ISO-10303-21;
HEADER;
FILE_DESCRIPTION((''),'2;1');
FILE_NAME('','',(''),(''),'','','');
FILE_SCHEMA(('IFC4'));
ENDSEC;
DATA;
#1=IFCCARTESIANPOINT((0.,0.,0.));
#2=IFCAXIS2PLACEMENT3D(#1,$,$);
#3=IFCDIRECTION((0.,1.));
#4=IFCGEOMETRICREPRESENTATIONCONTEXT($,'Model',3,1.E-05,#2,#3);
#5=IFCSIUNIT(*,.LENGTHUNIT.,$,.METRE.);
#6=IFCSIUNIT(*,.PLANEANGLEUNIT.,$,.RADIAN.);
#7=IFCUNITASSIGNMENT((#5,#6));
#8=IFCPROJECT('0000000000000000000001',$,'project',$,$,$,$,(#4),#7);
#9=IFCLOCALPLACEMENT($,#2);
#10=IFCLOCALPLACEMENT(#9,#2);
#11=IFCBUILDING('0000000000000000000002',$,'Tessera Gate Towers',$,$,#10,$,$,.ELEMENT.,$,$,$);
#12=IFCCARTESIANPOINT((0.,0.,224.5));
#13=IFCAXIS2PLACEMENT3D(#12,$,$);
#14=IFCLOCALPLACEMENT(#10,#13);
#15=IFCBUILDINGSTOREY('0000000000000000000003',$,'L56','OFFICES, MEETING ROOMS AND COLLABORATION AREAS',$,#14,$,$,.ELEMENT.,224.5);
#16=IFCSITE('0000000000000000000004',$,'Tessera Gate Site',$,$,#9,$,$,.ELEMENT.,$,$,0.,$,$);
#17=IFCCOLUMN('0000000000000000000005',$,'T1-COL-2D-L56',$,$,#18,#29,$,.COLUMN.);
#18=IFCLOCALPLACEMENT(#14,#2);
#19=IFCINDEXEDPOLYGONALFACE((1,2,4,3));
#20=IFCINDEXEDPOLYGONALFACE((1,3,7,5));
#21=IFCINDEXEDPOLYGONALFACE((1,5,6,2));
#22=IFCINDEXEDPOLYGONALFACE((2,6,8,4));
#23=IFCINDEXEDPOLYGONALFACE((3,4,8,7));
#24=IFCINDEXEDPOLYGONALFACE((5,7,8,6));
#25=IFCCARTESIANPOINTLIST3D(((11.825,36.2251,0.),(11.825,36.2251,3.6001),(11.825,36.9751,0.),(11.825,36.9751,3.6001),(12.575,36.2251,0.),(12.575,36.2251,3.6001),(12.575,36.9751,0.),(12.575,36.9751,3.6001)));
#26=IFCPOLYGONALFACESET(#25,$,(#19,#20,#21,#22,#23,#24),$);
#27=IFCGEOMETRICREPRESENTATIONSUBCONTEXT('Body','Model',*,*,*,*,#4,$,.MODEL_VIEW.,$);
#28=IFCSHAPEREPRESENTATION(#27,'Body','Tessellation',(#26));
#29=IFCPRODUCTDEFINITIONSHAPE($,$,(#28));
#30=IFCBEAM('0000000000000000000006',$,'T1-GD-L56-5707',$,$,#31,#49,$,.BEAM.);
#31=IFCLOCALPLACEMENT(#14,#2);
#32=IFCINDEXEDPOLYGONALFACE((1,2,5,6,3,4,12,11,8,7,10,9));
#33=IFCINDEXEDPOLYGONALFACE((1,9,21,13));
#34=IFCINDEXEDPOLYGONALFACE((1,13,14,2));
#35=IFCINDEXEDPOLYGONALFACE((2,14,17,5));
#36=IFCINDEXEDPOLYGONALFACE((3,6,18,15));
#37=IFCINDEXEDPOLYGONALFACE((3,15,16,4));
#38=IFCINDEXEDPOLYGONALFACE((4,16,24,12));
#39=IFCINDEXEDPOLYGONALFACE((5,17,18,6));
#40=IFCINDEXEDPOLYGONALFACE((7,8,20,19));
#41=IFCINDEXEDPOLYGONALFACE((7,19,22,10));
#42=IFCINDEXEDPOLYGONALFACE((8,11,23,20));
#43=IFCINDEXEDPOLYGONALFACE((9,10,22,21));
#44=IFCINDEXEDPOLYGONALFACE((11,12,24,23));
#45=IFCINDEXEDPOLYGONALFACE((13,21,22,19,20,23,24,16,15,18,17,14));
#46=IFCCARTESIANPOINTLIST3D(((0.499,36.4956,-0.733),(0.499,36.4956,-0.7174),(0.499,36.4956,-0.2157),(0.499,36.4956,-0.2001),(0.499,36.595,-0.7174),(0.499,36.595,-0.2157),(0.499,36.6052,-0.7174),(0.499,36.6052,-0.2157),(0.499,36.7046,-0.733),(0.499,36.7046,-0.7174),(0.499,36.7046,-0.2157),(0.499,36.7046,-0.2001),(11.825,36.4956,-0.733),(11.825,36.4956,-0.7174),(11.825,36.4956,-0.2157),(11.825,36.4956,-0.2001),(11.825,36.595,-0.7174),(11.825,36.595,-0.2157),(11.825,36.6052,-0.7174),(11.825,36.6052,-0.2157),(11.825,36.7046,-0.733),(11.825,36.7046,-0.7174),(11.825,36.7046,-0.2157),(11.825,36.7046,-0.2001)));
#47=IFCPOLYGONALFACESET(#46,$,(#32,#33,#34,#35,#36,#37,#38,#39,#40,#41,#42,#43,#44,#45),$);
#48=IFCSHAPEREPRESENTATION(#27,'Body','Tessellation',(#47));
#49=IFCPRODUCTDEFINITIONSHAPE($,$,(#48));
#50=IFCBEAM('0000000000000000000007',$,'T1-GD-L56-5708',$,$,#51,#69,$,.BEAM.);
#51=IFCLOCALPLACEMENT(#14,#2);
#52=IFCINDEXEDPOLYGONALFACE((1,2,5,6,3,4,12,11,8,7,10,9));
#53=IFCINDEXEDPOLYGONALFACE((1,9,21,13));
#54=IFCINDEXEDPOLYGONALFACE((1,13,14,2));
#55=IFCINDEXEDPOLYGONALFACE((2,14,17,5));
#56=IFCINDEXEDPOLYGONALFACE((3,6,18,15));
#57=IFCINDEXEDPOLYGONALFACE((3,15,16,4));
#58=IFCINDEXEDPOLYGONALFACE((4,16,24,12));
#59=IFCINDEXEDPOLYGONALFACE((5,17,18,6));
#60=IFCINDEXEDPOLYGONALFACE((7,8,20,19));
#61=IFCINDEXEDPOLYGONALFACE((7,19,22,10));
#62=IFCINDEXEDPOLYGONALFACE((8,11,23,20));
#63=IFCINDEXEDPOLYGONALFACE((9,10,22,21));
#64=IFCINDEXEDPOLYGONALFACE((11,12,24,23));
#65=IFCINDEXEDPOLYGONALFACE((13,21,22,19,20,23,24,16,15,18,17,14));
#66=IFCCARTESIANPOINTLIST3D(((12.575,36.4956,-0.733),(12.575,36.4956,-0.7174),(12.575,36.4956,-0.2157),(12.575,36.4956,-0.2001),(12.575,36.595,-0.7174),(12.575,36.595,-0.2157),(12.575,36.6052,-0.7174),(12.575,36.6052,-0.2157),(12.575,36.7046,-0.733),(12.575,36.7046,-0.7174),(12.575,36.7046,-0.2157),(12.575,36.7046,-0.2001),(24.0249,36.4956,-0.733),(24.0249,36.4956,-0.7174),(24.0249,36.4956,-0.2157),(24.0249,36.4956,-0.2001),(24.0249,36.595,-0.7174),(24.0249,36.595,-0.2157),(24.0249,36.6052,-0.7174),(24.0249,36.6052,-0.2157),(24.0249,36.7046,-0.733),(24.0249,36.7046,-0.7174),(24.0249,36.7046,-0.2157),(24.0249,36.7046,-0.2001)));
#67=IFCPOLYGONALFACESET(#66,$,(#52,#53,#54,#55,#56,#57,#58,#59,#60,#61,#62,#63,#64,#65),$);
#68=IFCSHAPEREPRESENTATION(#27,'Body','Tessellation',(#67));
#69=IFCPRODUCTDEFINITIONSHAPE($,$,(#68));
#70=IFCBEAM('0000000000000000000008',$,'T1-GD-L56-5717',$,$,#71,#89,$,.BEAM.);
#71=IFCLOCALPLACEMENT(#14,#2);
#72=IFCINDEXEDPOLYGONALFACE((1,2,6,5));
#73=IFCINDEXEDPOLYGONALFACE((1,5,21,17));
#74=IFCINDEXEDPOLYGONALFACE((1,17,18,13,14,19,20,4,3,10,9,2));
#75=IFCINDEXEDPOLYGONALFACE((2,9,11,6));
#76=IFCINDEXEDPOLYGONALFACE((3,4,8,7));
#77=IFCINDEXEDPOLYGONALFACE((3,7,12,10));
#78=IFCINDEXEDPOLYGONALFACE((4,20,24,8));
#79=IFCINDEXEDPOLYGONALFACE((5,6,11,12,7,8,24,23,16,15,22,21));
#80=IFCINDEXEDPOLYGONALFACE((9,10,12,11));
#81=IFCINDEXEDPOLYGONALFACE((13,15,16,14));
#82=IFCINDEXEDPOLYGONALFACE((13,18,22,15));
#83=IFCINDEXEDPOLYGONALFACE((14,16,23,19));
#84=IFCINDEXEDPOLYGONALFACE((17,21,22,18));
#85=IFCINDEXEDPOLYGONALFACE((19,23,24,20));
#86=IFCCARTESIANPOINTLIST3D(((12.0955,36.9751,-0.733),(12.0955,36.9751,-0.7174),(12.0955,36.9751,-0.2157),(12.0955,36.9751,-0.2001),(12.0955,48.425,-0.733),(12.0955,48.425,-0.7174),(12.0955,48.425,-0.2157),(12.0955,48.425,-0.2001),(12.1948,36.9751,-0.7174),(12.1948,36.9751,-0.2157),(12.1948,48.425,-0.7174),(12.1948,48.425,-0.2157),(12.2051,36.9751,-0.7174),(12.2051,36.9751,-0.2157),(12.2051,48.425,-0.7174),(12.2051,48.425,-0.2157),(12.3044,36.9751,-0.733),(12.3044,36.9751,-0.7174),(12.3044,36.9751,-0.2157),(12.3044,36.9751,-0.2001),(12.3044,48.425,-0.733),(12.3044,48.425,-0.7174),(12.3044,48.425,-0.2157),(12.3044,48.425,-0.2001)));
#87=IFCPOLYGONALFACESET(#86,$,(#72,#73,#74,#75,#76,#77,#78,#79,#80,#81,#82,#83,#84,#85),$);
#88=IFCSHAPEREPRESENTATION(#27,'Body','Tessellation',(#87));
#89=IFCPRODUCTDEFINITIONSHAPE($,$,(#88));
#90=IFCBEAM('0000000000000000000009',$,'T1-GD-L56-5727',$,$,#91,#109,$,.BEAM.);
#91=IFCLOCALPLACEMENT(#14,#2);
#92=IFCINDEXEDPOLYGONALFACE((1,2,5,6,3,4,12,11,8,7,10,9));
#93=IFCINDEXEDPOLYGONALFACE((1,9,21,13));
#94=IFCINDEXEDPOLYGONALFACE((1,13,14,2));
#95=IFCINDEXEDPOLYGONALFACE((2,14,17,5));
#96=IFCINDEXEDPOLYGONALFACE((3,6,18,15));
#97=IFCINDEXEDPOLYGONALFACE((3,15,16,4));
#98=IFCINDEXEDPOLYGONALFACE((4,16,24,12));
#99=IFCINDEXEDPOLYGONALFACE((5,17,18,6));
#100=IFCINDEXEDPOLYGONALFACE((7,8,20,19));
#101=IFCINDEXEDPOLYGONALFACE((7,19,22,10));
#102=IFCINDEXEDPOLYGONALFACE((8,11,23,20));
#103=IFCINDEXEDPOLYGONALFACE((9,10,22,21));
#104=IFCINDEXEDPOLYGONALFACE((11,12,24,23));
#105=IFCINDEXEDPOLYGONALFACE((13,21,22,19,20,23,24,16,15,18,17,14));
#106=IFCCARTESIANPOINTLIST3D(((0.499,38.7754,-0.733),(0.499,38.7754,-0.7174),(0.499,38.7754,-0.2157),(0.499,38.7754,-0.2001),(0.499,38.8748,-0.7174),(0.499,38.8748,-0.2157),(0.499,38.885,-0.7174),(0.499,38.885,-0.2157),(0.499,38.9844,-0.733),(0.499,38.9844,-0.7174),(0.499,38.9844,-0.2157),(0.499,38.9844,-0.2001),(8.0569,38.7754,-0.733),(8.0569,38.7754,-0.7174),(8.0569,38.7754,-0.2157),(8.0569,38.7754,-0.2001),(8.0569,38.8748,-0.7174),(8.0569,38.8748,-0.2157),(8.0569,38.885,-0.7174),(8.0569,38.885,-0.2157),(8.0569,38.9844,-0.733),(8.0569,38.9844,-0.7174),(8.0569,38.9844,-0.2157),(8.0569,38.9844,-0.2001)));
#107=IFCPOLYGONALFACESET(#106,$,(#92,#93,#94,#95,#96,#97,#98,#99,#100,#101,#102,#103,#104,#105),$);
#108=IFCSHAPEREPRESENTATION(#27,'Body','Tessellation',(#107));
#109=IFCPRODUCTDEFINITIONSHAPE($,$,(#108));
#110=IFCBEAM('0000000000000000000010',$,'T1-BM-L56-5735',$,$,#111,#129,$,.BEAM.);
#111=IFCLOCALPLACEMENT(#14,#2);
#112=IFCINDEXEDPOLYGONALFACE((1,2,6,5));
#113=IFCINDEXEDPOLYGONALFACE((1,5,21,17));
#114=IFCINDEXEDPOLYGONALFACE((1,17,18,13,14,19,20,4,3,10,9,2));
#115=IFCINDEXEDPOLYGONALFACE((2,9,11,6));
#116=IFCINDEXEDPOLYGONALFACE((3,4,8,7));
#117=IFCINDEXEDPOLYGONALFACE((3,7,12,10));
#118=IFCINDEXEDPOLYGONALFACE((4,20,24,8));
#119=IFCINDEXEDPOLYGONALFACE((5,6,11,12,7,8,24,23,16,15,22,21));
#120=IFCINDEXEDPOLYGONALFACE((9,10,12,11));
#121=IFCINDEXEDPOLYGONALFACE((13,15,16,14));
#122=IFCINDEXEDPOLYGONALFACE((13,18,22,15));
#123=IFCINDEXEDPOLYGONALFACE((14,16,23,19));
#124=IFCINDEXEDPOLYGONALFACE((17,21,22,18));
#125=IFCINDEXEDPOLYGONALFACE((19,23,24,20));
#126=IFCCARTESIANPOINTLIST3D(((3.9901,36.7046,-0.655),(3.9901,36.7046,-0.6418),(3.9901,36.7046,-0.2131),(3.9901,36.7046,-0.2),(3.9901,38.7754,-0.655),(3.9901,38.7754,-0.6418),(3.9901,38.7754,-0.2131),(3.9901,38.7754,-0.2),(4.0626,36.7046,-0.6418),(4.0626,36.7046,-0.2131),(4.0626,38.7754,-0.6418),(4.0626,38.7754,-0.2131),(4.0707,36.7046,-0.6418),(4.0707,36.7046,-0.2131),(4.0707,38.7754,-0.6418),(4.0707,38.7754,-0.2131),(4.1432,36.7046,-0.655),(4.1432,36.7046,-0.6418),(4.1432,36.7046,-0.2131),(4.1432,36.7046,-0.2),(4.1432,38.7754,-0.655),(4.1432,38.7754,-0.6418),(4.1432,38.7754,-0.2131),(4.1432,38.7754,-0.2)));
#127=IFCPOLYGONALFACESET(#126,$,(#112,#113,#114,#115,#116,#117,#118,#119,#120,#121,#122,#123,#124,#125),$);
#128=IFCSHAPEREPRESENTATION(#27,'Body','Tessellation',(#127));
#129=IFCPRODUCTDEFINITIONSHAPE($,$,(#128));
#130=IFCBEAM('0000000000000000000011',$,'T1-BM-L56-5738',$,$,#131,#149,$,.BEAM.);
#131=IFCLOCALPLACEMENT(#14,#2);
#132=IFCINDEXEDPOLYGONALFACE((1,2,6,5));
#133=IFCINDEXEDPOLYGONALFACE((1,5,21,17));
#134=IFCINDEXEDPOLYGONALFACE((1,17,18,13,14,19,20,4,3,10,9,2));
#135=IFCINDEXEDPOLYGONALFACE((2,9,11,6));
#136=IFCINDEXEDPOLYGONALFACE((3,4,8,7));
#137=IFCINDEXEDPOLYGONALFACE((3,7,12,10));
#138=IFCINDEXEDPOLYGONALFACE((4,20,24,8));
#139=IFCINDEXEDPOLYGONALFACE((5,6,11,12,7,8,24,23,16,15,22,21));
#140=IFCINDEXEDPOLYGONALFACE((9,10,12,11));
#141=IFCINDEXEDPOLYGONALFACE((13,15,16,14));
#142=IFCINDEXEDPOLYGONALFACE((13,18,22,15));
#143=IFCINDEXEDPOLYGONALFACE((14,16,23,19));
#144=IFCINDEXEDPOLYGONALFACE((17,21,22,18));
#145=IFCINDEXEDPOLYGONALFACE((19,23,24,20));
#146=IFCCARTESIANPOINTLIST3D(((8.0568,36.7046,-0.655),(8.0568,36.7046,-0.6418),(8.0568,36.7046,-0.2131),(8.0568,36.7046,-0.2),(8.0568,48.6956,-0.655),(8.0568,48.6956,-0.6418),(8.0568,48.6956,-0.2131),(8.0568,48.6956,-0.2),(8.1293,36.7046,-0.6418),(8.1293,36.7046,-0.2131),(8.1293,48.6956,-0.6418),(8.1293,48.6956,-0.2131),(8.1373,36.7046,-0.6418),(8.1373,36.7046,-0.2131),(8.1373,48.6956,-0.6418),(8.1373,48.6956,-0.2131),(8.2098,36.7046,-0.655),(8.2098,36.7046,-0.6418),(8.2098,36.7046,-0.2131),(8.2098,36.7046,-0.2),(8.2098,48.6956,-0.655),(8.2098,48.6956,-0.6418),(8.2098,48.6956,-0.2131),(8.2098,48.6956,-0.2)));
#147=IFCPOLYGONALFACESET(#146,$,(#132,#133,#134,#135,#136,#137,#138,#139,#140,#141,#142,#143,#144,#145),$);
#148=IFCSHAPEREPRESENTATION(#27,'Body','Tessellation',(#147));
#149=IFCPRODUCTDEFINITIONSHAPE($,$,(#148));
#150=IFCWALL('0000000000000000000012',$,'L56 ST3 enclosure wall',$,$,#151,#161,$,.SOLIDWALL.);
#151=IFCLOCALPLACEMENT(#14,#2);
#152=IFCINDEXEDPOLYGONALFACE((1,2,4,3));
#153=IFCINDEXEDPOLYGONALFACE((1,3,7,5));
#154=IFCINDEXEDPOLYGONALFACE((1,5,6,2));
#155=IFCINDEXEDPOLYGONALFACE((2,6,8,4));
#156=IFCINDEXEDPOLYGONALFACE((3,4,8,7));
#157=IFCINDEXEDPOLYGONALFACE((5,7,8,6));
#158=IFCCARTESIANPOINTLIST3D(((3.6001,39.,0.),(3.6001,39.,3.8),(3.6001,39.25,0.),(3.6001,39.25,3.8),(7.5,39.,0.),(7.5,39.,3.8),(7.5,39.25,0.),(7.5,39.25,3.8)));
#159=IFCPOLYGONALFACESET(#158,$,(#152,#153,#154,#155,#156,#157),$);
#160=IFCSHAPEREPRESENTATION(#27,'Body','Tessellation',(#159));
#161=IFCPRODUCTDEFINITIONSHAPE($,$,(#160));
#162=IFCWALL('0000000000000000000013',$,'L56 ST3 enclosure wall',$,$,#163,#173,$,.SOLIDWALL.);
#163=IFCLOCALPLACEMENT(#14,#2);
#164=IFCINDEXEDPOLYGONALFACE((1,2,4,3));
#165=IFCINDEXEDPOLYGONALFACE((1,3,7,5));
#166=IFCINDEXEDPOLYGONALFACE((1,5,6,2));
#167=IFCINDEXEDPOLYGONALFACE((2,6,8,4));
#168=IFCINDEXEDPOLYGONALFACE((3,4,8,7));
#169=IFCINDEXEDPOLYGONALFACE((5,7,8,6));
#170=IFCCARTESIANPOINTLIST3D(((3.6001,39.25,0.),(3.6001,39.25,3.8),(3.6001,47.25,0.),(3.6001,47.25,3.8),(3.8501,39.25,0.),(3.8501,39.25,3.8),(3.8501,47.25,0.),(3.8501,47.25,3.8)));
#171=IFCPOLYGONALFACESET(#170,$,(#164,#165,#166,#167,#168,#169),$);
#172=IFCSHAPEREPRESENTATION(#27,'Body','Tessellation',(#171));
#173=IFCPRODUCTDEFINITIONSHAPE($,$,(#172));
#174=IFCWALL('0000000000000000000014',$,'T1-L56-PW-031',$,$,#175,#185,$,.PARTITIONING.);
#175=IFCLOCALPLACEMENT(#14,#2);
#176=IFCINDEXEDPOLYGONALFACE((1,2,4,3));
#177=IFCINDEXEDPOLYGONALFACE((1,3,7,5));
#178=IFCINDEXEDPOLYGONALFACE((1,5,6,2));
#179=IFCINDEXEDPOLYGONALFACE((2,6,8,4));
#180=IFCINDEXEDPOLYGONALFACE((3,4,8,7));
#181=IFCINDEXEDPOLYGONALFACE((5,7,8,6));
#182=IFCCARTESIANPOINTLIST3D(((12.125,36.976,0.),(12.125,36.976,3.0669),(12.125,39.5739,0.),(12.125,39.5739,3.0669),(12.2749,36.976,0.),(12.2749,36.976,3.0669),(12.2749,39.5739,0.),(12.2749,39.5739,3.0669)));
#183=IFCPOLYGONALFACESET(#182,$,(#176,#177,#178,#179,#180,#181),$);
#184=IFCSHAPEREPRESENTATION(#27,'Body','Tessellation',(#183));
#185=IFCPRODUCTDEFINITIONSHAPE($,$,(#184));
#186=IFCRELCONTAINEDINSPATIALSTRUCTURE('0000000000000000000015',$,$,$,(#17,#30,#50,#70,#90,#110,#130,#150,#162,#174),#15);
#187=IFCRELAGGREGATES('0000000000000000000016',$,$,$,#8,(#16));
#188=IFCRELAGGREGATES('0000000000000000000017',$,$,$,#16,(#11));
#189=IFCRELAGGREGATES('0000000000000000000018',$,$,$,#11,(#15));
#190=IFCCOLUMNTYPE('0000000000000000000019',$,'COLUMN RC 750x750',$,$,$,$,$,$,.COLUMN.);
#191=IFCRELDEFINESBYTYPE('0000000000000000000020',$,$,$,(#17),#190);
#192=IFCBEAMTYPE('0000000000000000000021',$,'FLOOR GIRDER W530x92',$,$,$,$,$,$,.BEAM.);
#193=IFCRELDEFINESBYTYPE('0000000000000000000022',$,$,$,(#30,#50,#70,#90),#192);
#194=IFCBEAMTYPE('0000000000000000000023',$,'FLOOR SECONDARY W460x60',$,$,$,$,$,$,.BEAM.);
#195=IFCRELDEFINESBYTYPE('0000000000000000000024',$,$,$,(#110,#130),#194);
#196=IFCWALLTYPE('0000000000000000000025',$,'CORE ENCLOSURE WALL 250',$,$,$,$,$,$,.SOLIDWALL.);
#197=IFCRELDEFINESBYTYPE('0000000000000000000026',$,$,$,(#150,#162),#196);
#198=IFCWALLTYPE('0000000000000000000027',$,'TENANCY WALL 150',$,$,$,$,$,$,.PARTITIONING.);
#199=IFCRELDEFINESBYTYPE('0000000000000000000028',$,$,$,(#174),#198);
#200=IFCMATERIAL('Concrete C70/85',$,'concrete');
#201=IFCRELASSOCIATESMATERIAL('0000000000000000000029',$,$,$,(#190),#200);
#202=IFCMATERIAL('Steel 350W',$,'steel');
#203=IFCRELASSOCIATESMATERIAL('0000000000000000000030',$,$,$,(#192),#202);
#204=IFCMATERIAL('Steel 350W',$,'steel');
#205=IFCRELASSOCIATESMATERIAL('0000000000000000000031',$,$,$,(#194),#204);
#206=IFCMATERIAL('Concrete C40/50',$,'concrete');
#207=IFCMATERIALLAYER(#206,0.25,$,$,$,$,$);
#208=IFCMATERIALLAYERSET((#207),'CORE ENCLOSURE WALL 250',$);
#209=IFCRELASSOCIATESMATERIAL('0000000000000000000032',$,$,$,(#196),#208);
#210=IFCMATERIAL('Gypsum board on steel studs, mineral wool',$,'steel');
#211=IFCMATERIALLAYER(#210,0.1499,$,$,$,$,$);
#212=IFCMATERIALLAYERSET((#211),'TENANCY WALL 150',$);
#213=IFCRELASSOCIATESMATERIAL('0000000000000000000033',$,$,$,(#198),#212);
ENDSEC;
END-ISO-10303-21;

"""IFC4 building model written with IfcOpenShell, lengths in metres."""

from ifc_helpers import new_model, si_unit, direction, frame, frame_2d, origin, origin_2d, place, context, subcontext, project, spatial, rectangle, i_section, extrude, material, layer, layer_set, material_profile, profile_set, type_object, element, save


model = new_model("IFC4")

# Units and contexts
model_context = context("Model", 3, precision=1e-05, world=origin(), true_north=direction((0.0, 1.0)))
body_context = subcontext(model_context, "Body", "Model", "MODEL_VIEW")
ifc_project = project(units=[si_unit("LENGTHUNIT", "METRE"), si_unit("PLANEANGLEUNIT", "RADIAN")], contexts=[model_context])

# Site, building, storey
site_placement = place(None, origin())
site = spatial("IfcSite", under=ifc_project, at=site_placement, Name="Tessera Gate Site", CompositionType="ELEMENT", RefElevation=0.0)
building_placement = place(site_placement, origin())
building = spatial("IfcBuilding", under=site, at=building_placement, Name="Tessera Gate Towers", CompositionType="ELEMENT")
storey_placement = place(building_placement, frame((0.0, 0.0, 224.5)))
storey = spatial("IfcBuildingStorey", under=building, at=storey_placement, Name="L56", Description="OFFICES, MEETING ROOMS AND COLLABORATION AREAS", CompositionType="ELEMENT", Elevation=224.5)

# Column
ifc_material_1 = material(Name="Concrete C70/85", Category="concrete")
ifc_material_profile_1 = material_profile(ifc_material_1, rectangle(XDim=0.75, YDim=0.75, at=origin_2d()), Name="RC 750x750")
ifc_profile_set_1 = profile_set([ifc_material_profile_1], Name="Concrete C70/85")
column_type = type_object("IfcColumnType", Name="COLUMN RC 750x750", PredefinedType="COLUMN", material=ifc_profile_set_1)
column_placement = place(storey_placement, frame((12.2, 36.6001, 0.0), z_axis=(0.0, 0.0, 1.0), x_axis=(1.0, 0.0, 0.0)))
element("IfcColumn", 1, at=column_placement, inside=storey, type_object=column_type, Name="T1-COL-2D-L56", PredefinedType="COLUMN", context=body_context, shape_type="SweptSolid", body=[
    extrude(rectangle(XDim=0.75, YDim=0.75, at=origin_2d()), origin(), (0.0, 0.0, 1.0), 3.6001),
])

# Beams
ifc_material_2 = material(Name="Steel 350W", Category="steel")
ifc_material_profile_2 = material_profile(ifc_material_2, i_section(OverallWidth=0.209, OverallDepth=0.533, WebThickness=0.0103, FlangeThickness=0.0156, at=origin_2d()), Name="W530x92")
ifc_profile_set_2 = profile_set([ifc_material_profile_2], Name="Steel 350W")
beam_type_1 = type_object("IfcBeamType", Name="FLOOR GIRDER W530x92", PredefinedType="BEAM", material=ifc_profile_set_2)
beam_1_placement = place(storey_placement, frame((0.499, 36.6001, -0.4666), z_axis=(1.0, 0.0, 0.0), x_axis=(0.0, 1.0, 0.0)))
element("IfcBeam", 2, at=beam_1_placement, inside=storey, type_object=beam_type_1, Name="T1-GD-L56-5707", PredefinedType="BEAM", context=body_context, shape_type="SweptSolid", body=[
    extrude(i_section(OverallWidth=0.209, OverallDepth=0.533, WebThickness=0.0103, FlangeThickness=0.0156, at=origin_2d()), origin(), (0.0, 0.0, 1.0), 11.3259),
])
for number, where, z_axis, x_axis, name in (
    (3, (12.575, 36.6001, -0.4666), (1.0, 0.0, 0.0), (0.0, 1.0, 0.0), "T1-GD-L56-5708"),
    (4, (12.2, 36.9751, -0.4666), (0.0, 1.0, 0.0), (-1.0, 0.0, 0.0), "T1-GD-L56-5717"),
):
    element("IfcBeam", number, at=place(storey_placement, frame(where, z_axis=z_axis, x_axis=x_axis)), inside=storey, type_object=beam_type_1, Name=name, PredefinedType="BEAM", context=body_context, shape_type="SweptSolid", body=[
        extrude(i_section(OverallWidth=0.209, OverallDepth=0.533, WebThickness=0.0103, FlangeThickness=0.0156, at=origin_2d()), origin(), (0.0, 0.0, 1.0), 11.45),
    ])
beam_2_placement = place(storey_placement, frame((0.499, 38.8799, -0.4666), z_axis=(1.0, 0.0, 0.0), x_axis=(0.0, 1.0, 0.0)))
element("IfcBeam", 5, at=beam_2_placement, inside=storey, type_object=beam_type_1, Name="T1-GD-L56-5727", PredefinedType="BEAM", context=body_context, shape_type="SweptSolid", body=[
    extrude(i_section(OverallWidth=0.209, OverallDepth=0.533, WebThickness=0.0103, FlangeThickness=0.0156, at=origin_2d()), origin(), (0.0, 0.0, 1.0), 7.5579),
])
ifc_material_3 = material(Name="Steel 350W", Category="steel")
ifc_material_profile_3 = material_profile(ifc_material_3, i_section(OverallWidth=0.1531, OverallDepth=0.4551, WebThickness=0.0081, FlangeThickness=0.0132, at=origin_2d()), Name="W460x60")
ifc_profile_set_3 = profile_set([ifc_material_profile_3], Name="Steel 350W")
beam_type_2 = type_object("IfcBeamType", Name="FLOOR SECONDARY W460x60", PredefinedType="BEAM", material=ifc_profile_set_3)
beam_3_placement = place(storey_placement, frame((4.0667, 36.7046, -0.4275), z_axis=(0.0, 1.0, 0.0), x_axis=(-1.0, 0.0, 0.0)))
element("IfcBeam", 6, at=beam_3_placement, inside=storey, type_object=beam_type_2, Name="T1-BM-L56-5735", PredefinedType="BEAM", context=body_context, shape_type="SweptSolid", body=[
    extrude(i_section(OverallWidth=0.1531, OverallDepth=0.4551, WebThickness=0.0081, FlangeThickness=0.0132, at=origin_2d()), origin(), (0.0, 0.0, 1.0), 2.0708),
])
beam_4_placement = place(storey_placement, frame((8.1333, 36.7046, -0.4275), z_axis=(0.0, 1.0, 0.0), x_axis=(-1.0, 0.0, 0.0)))
element("IfcBeam", 7, at=beam_4_placement, inside=storey, type_object=beam_type_2, Name="T1-BM-L56-5738", PredefinedType="BEAM", context=body_context, shape_type="SweptSolid", body=[
    extrude(i_section(OverallWidth=0.1531, OverallDepth=0.4551, WebThickness=0.0081, FlangeThickness=0.0132, at=origin_2d()), origin(), (0.0, 0.0, 1.0), 11.991),
])

# Walls
ifc_material_4 = material(Name="Concrete C40/50", Category="concrete")
ifc_layer_1 = layer(ifc_material_4, 0.25)
ifc_layer_set_1 = layer_set([ifc_layer_1], Name="CORE ENCLOSURE WALL 250")
wall_type_1 = type_object("IfcWallType", Name="CORE ENCLOSURE WALL 250", PredefinedType="SOLIDWALL", material=ifc_layer_set_1)
wall_1_placement = place(storey_placement, frame((7.5, 39.125, 0.0), z_axis=(0.0, 0.0, 1.0), x_axis=(-1.0, 0.0, 0.0)))
element("IfcWall", 8, at=wall_1_placement, inside=storey, type_object=wall_type_1, Name="L56 ST3 enclosure wall", PredefinedType="SOLIDWALL", context=body_context, shape_type="SweptSolid", body=[
    extrude(rectangle(XDim=3.8999, YDim=0.25, at=frame_2d((1.95, 0.0))), origin(), (0.0, 0.0, 1.0), 3.8),
])
wall_2_placement = place(storey_placement, frame((3.7251, 39.25, 0.0), z_axis=(0.0, 0.0, 1.0), x_axis=(0.0, 1.0, 0.0)))
element("IfcWall", 9, at=wall_2_placement, inside=storey, type_object=wall_type_1, Name="L56 ST3 enclosure wall", PredefinedType="SOLIDWALL", context=body_context, shape_type="SweptSolid", body=[
    extrude(rectangle(XDim=8.0, YDim=0.25, at=frame_2d((4.0, 0.0))), origin(), (0.0, 0.0, 1.0), 3.8),
])
ifc_material_5 = material(Name="Gypsum board on steel studs, mineral wool", Category="steel")
ifc_layer_2 = layer(ifc_material_5, 0.1499)
ifc_layer_set_2 = layer_set([ifc_layer_2], Name="TENANCY WALL 150")
wall_type_2 = type_object("IfcWallType", Name="TENANCY WALL 150", PredefinedType="PARTITIONING", material=ifc_layer_set_2)
wall_3_placement = place(storey_placement, frame((12.2, 36.9761, 0.0), z_axis=(0.0, 0.0, 1.0), x_axis=(0.0, 1.0, 0.0)))
element("IfcWall", 10, at=wall_3_placement, inside=storey, type_object=wall_type_2, Name="T1-L56-PW-031", PredefinedType="PARTITIONING", context=body_context, shape_type="SweptSolid", body=[
    extrude(rectangle(XDim=2.5979, YDim=0.1499, at=frame_2d((1.2988, 0.0))), origin(), (0.0, 0.0, 1.0), 3.0669),
])

save(model, "model.ifc")
